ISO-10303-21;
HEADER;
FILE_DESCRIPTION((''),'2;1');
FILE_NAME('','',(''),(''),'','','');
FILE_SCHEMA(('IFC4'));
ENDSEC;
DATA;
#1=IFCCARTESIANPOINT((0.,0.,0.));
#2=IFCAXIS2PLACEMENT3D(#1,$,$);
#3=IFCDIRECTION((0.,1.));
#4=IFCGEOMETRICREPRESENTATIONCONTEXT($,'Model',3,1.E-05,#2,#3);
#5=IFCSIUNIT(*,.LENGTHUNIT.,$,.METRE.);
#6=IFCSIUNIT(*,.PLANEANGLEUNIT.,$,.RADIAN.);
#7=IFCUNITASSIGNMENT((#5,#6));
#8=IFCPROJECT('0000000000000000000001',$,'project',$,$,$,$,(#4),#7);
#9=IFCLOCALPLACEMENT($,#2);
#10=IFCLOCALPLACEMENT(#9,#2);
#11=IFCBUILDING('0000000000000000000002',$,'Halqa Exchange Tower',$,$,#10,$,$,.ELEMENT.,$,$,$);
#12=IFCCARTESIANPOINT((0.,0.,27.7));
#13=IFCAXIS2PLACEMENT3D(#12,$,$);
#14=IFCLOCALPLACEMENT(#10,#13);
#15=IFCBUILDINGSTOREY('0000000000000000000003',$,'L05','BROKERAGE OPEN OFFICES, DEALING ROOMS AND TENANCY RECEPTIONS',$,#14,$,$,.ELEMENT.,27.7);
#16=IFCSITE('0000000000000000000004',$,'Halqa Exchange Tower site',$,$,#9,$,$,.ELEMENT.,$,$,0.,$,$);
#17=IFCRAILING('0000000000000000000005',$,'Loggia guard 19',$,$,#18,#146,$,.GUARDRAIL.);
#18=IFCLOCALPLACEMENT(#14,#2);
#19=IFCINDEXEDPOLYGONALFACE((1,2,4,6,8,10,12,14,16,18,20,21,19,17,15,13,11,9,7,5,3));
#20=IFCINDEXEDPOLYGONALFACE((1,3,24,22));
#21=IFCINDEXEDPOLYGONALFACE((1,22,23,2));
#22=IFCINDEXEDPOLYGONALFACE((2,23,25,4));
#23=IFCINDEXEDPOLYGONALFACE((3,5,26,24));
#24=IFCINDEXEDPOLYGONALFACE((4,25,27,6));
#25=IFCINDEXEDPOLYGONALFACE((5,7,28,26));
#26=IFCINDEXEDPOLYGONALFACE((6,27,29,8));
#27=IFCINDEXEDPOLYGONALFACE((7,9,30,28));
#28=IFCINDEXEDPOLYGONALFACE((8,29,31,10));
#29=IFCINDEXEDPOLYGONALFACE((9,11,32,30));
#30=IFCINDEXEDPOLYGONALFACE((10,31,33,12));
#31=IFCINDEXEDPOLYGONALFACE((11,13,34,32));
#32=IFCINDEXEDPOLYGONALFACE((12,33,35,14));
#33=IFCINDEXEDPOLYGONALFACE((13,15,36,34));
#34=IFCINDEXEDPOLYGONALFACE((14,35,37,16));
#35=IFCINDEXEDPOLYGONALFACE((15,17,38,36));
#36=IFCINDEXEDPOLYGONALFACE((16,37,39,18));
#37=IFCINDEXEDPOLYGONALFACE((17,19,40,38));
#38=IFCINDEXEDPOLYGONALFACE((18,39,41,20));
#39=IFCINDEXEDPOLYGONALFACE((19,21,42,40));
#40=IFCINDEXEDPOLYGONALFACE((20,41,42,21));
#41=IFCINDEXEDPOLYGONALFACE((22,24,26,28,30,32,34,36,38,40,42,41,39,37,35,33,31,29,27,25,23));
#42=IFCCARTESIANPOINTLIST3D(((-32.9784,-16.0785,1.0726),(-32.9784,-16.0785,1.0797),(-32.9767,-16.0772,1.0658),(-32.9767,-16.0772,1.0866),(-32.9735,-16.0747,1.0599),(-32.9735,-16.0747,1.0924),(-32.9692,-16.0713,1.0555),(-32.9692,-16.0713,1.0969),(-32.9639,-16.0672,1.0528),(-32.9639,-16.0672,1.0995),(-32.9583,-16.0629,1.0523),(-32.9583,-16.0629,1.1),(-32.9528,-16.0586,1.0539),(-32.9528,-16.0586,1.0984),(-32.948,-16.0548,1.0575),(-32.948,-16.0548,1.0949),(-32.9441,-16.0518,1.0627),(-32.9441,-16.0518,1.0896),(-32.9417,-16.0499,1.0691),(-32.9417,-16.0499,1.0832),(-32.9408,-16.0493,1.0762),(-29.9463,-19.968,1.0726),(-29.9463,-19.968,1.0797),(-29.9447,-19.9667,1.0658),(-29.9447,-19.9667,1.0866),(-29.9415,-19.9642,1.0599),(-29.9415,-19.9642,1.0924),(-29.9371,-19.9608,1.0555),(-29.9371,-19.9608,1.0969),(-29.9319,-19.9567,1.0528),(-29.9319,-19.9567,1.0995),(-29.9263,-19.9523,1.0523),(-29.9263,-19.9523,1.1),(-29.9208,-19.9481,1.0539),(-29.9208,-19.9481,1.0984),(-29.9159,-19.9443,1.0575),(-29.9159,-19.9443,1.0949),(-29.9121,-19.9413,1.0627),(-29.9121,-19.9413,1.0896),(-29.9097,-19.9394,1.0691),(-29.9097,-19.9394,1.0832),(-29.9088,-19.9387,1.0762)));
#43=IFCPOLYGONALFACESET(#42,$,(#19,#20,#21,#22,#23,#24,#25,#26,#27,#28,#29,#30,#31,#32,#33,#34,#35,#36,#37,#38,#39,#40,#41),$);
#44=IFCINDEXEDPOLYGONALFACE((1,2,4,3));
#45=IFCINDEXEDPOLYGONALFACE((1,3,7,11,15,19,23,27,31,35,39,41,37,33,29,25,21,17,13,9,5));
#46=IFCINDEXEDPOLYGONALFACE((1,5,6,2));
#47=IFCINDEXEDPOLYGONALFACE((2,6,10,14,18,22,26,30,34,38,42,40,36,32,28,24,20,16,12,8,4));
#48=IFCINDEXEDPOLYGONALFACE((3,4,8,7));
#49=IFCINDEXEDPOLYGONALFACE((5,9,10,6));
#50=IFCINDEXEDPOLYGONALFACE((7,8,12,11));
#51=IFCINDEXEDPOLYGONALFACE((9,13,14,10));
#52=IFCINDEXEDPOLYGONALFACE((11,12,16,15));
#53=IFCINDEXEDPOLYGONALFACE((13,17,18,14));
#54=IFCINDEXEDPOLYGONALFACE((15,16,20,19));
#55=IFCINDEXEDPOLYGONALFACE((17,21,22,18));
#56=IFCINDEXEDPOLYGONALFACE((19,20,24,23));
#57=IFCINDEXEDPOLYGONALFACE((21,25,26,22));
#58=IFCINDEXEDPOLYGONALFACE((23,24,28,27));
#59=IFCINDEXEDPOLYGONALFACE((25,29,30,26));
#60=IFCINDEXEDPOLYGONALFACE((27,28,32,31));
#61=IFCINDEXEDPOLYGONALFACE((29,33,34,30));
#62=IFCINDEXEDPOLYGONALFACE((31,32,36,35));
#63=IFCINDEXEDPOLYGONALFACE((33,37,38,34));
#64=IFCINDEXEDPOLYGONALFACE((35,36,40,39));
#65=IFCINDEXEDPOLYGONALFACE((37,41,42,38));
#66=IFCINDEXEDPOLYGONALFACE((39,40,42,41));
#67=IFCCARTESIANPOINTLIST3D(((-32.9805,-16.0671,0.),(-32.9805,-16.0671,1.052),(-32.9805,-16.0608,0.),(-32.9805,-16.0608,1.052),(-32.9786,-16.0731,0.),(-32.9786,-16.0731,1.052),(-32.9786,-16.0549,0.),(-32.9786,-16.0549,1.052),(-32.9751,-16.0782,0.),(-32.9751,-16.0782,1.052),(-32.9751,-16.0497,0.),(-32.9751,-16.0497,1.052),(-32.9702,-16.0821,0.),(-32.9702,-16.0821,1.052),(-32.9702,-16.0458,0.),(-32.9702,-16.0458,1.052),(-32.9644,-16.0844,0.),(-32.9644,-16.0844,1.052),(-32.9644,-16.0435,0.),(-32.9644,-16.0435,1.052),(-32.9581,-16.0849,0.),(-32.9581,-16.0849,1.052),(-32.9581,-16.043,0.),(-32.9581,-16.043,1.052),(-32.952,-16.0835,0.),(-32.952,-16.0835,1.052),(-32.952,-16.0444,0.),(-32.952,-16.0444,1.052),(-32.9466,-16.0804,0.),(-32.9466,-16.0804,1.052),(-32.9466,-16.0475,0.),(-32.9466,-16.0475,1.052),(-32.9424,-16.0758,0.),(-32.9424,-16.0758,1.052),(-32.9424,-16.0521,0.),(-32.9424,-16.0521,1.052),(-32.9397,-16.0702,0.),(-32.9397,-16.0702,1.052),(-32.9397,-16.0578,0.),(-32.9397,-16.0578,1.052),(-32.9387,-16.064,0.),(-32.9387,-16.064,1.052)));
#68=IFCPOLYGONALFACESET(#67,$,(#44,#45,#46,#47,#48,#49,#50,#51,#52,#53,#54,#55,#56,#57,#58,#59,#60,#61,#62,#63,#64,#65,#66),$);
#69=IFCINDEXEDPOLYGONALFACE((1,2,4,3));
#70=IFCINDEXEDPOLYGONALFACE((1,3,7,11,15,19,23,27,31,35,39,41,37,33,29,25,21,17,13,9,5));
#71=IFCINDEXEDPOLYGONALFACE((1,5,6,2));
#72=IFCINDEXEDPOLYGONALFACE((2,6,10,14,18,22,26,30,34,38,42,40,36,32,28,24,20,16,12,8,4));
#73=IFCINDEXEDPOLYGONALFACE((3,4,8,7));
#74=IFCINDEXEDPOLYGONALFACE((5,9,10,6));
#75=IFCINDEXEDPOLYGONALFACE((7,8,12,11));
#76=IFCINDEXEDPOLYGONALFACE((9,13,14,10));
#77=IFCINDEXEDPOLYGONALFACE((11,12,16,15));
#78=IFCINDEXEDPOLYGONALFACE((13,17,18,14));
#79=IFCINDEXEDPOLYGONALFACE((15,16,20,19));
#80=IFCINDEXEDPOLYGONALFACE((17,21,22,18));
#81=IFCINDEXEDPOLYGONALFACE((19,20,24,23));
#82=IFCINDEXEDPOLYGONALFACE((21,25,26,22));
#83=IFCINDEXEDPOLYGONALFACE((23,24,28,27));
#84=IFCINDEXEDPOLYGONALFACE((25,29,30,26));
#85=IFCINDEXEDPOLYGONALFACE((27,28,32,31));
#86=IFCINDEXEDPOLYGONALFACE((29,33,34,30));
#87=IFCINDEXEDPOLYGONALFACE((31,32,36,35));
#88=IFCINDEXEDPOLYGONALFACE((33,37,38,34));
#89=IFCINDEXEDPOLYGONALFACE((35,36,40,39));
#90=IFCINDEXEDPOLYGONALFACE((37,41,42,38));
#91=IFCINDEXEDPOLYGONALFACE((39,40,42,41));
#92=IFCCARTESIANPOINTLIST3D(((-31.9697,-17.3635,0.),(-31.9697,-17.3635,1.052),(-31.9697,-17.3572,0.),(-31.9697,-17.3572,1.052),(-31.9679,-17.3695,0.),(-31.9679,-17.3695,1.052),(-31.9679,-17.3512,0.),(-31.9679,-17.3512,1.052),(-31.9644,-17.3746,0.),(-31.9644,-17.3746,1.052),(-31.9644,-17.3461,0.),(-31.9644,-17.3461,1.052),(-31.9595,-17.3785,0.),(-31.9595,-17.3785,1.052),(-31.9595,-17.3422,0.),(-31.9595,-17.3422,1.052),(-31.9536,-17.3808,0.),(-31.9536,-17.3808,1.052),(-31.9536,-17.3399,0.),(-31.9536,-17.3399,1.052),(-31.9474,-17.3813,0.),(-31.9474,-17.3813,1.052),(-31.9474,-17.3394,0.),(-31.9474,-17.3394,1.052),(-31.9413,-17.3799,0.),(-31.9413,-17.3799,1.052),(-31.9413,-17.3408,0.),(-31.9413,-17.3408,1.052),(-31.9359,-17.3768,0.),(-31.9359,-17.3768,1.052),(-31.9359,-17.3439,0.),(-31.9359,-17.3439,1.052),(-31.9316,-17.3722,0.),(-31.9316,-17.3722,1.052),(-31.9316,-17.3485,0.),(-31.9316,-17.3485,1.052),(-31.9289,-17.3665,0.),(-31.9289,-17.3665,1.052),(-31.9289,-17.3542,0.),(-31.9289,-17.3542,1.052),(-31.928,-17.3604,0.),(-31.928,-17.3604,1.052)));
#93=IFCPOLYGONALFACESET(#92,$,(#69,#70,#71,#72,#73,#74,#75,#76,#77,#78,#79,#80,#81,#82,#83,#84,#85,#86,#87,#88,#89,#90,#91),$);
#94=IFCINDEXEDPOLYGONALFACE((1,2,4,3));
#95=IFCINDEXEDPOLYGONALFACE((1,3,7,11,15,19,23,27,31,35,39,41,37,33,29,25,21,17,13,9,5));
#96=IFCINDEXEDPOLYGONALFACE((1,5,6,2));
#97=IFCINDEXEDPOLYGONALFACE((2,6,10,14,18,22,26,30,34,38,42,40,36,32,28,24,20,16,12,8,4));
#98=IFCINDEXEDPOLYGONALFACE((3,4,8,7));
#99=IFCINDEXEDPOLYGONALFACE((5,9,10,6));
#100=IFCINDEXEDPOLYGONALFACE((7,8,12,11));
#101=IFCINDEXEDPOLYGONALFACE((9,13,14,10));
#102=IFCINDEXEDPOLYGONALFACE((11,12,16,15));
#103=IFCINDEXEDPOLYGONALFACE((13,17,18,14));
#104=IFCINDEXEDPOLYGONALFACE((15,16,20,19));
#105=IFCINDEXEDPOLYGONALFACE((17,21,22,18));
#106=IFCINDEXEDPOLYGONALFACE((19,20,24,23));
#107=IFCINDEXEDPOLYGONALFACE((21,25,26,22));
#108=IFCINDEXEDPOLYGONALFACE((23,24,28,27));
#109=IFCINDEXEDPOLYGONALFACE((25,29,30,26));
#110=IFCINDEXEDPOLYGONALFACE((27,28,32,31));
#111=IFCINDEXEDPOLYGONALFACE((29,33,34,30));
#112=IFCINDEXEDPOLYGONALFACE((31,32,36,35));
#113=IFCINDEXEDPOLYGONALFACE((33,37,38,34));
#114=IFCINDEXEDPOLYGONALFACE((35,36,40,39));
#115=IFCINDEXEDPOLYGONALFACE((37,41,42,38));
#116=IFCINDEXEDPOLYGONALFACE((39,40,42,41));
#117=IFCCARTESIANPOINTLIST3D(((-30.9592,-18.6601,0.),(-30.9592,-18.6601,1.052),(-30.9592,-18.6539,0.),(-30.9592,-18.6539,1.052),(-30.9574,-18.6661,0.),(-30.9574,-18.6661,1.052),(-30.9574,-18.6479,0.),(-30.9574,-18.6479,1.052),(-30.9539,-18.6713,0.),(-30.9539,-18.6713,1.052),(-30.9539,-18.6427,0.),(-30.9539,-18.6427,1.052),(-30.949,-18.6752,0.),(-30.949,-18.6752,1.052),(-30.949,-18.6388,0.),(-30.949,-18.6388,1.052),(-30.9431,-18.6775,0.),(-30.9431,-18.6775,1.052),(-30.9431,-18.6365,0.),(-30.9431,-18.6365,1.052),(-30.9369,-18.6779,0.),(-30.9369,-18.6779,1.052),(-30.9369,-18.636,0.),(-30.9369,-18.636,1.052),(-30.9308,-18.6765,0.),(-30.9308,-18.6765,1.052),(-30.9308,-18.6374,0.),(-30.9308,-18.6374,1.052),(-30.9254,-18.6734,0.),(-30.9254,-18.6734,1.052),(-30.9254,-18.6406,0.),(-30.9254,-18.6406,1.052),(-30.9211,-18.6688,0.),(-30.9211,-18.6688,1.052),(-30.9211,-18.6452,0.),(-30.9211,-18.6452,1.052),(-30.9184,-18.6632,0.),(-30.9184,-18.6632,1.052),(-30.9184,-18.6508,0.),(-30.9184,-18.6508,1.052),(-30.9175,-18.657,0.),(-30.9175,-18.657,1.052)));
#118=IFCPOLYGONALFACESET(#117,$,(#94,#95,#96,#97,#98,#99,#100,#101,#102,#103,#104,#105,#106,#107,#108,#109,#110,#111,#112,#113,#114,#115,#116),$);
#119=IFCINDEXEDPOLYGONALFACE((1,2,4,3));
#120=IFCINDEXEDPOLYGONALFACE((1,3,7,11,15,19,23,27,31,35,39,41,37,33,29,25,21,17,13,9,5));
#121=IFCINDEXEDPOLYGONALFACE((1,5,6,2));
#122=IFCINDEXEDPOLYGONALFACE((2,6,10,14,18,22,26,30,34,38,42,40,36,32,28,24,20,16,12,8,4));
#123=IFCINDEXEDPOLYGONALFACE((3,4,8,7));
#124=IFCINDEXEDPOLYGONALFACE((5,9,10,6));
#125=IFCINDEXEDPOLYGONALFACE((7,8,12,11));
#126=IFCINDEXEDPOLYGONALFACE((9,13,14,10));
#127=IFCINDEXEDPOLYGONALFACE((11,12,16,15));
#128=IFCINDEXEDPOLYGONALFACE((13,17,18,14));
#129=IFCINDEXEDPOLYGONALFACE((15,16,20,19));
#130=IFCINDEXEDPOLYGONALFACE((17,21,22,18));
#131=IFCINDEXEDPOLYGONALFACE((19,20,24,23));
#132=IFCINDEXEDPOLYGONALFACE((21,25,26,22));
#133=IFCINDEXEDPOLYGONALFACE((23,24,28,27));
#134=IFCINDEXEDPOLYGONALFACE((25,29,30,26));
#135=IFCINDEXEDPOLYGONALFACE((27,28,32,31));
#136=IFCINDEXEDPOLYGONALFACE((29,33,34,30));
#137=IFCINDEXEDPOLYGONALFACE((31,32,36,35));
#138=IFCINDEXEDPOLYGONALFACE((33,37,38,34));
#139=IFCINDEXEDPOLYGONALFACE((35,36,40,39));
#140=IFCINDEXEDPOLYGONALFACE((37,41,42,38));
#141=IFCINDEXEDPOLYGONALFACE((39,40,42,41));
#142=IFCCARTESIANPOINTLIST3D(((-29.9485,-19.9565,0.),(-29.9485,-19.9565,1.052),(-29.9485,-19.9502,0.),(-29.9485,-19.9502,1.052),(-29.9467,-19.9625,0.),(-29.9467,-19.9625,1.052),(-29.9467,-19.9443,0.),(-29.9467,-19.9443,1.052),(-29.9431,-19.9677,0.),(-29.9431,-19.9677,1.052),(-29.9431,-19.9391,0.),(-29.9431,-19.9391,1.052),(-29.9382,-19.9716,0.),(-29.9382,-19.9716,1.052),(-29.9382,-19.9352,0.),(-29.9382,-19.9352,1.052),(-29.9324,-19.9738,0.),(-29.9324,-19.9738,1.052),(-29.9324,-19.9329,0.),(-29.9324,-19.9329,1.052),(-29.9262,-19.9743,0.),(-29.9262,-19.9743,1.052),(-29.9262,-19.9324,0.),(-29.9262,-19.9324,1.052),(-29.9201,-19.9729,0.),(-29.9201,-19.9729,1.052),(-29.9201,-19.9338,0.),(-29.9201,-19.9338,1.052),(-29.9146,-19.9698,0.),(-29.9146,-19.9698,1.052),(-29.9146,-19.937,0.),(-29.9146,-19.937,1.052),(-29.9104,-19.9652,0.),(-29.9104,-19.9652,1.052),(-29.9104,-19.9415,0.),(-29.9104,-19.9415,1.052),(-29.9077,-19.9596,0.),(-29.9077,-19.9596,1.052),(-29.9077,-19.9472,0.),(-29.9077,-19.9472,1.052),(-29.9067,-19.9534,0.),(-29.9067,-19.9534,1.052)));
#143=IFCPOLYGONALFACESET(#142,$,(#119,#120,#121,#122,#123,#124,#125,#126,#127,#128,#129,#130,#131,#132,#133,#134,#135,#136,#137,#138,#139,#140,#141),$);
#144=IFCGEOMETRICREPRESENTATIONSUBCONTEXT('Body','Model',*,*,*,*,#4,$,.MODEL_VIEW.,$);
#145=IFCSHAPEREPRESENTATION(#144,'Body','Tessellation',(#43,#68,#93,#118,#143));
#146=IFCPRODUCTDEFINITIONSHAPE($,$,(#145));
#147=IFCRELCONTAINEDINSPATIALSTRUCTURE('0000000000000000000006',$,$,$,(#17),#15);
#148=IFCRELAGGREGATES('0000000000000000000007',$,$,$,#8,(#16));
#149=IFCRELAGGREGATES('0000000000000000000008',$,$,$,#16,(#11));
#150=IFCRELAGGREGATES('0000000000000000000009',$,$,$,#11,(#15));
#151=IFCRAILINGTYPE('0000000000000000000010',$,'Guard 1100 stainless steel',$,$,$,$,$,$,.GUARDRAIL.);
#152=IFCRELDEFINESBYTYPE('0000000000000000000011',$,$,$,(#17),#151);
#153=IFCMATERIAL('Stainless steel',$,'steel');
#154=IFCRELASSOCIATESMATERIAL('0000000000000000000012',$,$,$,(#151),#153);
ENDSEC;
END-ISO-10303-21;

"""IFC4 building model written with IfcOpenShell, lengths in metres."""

from ifc_helpers import new_model, si_unit, direction, frame, origin, origin_2d, place, context, subcontext, project, spatial, circle, extrude, material, type_object, element, save


model = new_model("IFC4")

# Units and contexts
model_context = context("Model", 3, precision=1e-05, world=origin(), true_north=direction((0.0, 1.0)))
body_context = subcontext(model_context, "Body", "Model", "MODEL_VIEW")
ifc_project = project(units=[si_unit("LENGTHUNIT", "METRE"), si_unit("PLANEANGLEUNIT", "RADIAN")], contexts=[model_context])

# Site, building, storey
site_placement = place(None, origin())
site = spatial("IfcSite", under=ifc_project, at=site_placement, Name="Halqa Exchange Tower site", CompositionType="ELEMENT", RefElevation=0.0)
building_placement = place(site_placement, origin())
building = spatial("IfcBuilding", under=site, at=building_placement, Name="Halqa Exchange Tower", CompositionType="ELEMENT")
storey_placement = place(building_placement, frame((0.0, 0.0, 27.7)))
storey = spatial("IfcBuildingStorey", under=building, at=storey_placement, Name="L05", Description="BROKERAGE OPEN OFFICES, DEALING ROOMS AND TENANCY RECEPTIONS", CompositionType="ELEMENT", Elevation=27.7)

# Railing
ifc_material_1 = material(Name="Stainless steel", Category="steel")
railing_type = type_object("IfcRailingType", Name="Guard 1100 stainless steel", PredefinedType="GUARDRAIL", material=ifc_material_1)
railing_1_placement = place(storey_placement, frame((-32.9597, -16.064, 0.0)))
element("IfcRailing", 1, at=railing_1_placement, inside=storey, type_object=railing_type, Name="Loggia guard 19", PredefinedType="GUARDRAIL", context=body_context, shape_type="SweptSolid", body=[
    extrude(circle(Radius=0.0239, at=origin_2d()), frame((0.0, 0.0, 1.0762), z_axis=(0.614811, -0.788675, 0.0), x_axis=(0.788675, 0.614811, 0.0)), (0.0, 0.0, 1.0), 4.9316),
    extrude(circle(Radius=0.021, at=origin_2d()), origin(), (0.0, 0.0, 1.0), 1.052),
    extrude(circle(Radius=0.021, at=origin_2d()), frame((1.0107, -1.2964, 0.0)), (0.0, 0.0, 1.0), 1.052),
    extrude(circle(Radius=0.021, at=origin_2d()), frame((2.0212, -2.593, 0.0)), (0.0, 0.0, 1.0), 1.052),
    extrude(circle(Radius=0.021, at=origin_2d()), frame((3.032, -3.8894, 0.0)), (0.0, 0.0, 1.0), 1.052),
])

save(model, "model.ifc")
